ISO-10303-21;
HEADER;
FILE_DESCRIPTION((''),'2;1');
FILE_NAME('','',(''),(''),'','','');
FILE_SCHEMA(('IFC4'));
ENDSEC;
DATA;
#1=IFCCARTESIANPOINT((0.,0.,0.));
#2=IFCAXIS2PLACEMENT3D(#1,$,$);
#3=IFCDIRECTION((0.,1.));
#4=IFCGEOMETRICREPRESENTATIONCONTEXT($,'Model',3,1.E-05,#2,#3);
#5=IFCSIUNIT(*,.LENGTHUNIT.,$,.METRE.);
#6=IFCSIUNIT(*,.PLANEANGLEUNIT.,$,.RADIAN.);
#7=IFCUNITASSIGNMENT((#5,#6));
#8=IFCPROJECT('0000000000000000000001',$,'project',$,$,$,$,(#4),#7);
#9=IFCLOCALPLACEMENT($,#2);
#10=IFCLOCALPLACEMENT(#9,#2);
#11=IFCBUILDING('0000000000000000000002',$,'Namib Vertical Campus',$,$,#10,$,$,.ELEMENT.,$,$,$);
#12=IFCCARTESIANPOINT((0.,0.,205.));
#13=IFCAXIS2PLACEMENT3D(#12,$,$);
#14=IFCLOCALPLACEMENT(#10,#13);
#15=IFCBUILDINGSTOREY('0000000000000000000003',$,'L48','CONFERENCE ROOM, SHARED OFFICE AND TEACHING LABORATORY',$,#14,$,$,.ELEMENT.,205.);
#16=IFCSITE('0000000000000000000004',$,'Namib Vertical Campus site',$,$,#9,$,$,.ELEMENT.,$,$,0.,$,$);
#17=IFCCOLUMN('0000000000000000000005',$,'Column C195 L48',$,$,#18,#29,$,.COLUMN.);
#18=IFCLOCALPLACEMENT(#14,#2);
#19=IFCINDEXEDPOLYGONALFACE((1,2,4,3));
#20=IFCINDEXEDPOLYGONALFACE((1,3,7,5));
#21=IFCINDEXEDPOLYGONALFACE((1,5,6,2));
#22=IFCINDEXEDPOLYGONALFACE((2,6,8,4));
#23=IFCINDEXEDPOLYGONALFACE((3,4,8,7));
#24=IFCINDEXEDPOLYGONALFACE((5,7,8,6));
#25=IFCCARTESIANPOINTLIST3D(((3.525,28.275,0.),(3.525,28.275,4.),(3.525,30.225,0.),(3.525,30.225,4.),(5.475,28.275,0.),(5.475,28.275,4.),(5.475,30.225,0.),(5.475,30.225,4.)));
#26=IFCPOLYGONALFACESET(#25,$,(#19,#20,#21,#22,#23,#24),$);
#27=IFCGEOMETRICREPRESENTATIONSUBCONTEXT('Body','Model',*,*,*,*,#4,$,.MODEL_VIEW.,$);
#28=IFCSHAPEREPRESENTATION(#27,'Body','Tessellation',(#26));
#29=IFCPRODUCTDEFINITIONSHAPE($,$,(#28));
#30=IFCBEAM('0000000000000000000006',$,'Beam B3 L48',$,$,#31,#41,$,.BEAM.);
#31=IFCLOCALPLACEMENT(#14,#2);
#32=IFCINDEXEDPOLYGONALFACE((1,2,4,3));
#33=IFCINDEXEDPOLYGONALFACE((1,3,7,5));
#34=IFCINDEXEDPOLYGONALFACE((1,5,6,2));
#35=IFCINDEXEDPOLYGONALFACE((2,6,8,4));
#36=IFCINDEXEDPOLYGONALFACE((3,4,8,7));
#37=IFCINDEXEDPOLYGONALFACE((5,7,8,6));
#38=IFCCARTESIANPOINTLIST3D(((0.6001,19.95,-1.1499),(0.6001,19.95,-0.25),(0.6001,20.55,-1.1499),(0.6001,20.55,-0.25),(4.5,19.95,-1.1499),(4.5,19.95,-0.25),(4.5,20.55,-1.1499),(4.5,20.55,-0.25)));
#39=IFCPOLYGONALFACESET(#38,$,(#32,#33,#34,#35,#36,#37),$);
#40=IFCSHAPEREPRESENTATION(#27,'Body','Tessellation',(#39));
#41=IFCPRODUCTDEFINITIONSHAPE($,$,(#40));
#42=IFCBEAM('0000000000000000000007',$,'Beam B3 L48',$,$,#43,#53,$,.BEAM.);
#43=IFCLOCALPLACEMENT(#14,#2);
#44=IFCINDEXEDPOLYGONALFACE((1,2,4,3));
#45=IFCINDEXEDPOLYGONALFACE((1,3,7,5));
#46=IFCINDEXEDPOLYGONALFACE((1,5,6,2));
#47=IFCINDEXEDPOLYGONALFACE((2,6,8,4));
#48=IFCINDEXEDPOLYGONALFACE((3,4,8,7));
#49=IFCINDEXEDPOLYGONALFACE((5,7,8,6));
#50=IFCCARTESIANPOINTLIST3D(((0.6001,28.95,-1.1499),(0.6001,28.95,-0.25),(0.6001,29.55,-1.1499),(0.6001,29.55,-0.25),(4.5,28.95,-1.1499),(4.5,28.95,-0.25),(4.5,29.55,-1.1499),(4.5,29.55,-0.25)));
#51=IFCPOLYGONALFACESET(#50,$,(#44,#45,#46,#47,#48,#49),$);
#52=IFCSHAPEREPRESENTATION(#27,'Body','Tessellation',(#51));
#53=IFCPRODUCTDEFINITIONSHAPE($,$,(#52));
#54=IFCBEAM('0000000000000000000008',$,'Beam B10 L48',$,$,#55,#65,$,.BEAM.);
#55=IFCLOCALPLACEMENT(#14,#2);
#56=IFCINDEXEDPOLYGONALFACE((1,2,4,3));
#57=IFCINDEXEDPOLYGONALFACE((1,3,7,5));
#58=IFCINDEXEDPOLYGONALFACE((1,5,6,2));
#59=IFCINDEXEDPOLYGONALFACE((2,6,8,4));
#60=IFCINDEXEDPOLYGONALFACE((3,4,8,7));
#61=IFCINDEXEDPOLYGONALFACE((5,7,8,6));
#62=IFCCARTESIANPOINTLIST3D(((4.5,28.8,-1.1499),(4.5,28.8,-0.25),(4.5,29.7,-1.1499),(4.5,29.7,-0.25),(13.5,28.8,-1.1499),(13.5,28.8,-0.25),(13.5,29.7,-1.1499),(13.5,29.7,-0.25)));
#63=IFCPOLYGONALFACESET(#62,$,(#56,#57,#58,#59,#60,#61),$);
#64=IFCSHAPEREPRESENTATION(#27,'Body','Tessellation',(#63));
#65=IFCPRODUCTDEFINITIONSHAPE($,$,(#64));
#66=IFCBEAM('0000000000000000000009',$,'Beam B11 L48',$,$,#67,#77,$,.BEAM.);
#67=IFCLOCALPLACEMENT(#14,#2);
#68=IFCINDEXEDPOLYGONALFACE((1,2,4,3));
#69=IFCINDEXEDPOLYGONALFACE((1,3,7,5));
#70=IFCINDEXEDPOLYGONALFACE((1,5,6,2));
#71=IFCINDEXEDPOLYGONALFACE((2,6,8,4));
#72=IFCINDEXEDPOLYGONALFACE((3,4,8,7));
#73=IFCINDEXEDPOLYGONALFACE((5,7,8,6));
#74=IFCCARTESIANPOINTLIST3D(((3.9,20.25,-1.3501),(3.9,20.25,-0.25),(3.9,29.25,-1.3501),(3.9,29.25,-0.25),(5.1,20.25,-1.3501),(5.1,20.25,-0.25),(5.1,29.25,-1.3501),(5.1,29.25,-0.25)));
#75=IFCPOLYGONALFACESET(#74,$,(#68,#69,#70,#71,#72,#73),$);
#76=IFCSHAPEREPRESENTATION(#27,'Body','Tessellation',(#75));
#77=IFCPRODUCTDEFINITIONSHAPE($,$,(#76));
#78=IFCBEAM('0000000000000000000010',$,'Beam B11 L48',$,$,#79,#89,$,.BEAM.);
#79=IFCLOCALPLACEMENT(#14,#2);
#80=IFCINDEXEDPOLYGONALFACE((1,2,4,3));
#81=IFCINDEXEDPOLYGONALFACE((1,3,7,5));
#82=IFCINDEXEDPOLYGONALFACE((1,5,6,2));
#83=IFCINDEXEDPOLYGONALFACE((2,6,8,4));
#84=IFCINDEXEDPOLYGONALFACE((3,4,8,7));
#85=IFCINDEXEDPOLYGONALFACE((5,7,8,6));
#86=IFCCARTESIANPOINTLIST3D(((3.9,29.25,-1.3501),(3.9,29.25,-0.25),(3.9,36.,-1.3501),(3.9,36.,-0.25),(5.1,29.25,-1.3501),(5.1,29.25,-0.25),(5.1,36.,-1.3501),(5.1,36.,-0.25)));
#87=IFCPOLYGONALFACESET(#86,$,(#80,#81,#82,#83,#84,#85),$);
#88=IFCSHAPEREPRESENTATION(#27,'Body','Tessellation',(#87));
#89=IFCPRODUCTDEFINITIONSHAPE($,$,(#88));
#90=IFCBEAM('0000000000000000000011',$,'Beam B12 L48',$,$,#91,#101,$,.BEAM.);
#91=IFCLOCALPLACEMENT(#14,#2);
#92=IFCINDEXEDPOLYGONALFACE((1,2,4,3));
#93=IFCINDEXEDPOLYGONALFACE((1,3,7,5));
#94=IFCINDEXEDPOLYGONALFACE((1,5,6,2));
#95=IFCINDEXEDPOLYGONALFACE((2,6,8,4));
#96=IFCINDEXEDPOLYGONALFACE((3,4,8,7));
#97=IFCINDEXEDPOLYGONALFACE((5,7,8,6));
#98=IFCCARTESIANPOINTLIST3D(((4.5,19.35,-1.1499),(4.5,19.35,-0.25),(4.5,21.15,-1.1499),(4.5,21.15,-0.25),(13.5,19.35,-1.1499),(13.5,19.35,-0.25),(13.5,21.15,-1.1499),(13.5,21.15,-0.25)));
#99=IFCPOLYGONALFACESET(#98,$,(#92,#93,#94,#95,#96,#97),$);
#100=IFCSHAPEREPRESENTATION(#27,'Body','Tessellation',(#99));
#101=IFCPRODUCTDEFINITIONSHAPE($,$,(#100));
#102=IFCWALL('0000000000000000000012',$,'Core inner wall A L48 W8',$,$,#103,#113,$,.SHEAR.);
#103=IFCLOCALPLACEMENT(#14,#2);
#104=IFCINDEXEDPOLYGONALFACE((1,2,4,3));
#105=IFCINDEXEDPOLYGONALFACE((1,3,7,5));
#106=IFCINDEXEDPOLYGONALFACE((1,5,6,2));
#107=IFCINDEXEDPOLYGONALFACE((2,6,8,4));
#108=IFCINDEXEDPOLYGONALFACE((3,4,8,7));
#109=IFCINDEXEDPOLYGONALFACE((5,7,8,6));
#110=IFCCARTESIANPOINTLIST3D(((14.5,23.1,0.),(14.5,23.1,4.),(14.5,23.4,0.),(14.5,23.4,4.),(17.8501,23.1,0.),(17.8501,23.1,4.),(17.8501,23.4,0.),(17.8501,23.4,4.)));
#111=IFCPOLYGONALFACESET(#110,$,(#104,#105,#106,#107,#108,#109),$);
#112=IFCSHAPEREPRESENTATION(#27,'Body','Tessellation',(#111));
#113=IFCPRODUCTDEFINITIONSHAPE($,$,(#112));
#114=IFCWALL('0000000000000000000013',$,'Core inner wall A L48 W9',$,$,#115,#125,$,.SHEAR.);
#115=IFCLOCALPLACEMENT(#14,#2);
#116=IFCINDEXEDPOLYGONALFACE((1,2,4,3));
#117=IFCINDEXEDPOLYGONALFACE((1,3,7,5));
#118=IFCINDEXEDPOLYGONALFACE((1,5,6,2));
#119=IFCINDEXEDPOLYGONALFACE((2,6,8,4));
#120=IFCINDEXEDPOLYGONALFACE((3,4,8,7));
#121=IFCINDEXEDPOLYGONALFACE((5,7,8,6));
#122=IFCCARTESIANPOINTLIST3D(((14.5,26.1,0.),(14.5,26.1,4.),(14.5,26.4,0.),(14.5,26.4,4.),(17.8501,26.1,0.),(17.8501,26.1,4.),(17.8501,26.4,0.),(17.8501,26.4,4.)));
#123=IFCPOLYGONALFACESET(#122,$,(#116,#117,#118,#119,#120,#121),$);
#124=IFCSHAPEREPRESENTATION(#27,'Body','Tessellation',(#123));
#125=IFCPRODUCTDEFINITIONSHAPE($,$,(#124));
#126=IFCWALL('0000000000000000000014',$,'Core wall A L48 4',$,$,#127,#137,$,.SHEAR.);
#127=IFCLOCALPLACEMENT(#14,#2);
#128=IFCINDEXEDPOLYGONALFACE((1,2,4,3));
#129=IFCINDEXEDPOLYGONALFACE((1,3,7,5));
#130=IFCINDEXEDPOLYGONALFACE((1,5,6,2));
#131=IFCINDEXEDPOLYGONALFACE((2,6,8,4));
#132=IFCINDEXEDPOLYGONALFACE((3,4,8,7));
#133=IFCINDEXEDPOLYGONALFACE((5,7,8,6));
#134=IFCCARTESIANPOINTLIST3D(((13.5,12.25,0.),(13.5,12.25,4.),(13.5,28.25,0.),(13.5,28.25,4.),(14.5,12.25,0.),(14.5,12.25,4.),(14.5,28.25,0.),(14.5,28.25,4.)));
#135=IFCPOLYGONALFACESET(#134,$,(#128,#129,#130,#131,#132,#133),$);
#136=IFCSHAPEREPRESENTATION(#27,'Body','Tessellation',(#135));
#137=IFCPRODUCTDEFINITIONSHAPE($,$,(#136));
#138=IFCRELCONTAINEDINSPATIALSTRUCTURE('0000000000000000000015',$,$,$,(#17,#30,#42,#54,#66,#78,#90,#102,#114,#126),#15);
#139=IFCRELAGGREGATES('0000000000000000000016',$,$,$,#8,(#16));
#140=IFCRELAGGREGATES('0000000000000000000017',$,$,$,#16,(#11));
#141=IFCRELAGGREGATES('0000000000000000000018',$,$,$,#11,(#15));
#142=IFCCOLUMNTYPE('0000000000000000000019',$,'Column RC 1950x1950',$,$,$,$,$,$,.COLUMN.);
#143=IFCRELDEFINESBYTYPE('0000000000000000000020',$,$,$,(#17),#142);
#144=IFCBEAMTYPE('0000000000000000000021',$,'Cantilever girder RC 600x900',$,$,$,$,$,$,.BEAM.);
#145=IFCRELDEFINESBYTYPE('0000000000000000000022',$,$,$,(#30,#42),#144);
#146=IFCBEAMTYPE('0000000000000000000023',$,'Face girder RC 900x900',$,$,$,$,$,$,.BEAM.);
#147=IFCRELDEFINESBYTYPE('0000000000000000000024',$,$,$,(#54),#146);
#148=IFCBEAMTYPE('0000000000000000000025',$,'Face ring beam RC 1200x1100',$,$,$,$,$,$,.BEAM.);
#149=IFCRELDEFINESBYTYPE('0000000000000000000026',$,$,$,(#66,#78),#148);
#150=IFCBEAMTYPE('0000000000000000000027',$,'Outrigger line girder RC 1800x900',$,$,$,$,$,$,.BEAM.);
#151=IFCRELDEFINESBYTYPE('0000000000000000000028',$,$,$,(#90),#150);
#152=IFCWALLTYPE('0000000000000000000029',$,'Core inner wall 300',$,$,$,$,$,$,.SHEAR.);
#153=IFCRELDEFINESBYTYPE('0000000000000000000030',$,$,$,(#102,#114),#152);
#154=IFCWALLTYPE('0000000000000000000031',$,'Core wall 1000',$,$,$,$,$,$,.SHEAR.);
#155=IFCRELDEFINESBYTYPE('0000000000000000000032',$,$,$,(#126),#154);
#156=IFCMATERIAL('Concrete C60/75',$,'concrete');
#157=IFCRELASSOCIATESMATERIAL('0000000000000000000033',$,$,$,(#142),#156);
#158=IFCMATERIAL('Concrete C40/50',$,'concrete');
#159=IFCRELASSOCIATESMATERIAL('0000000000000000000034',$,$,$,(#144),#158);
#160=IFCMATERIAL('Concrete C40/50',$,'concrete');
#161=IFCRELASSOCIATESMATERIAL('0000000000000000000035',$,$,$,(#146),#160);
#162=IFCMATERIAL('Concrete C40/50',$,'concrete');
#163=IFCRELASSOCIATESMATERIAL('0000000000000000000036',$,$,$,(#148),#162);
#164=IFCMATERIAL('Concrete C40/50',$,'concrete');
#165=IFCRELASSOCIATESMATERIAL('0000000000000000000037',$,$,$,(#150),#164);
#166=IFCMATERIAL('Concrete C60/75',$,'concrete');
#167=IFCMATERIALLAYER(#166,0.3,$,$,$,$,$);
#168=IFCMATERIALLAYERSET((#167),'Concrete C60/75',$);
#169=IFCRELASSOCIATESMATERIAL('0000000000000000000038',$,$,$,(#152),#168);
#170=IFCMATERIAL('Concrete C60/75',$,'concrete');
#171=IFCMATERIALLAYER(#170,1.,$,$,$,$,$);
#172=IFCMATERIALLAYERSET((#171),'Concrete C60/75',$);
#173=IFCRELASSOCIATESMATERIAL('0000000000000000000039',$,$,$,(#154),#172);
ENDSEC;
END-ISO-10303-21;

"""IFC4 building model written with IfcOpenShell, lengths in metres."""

from ifc_helpers import new_model, si_unit, direction, frame, frame_2d, origin, origin_2d, place, context, subcontext, project, spatial, rectangle, extrude, material, layer, layer_set, material_profile, profile_set, type_object, element, save


model = new_model("IFC4")

# Units and contexts
model_context = context("Model", 3, precision=1e-05, world=origin(), true_north=direction((0.0, 1.0)))
body_context = subcontext(model_context, "Body", "Model", "MODEL_VIEW")
ifc_project = project(units=[si_unit("LENGTHUNIT", "METRE"), si_unit("PLANEANGLEUNIT", "RADIAN")], contexts=[model_context])

# Site, building, storey
site_placement = place(None, origin())
site = spatial("IfcSite", under=ifc_project, at=site_placement, Name="Namib Vertical Campus site", CompositionType="ELEMENT", RefElevation=0.0)
building_placement = place(site_placement, origin())
building = spatial("IfcBuilding", under=site, at=building_placement, Name="Namib Vertical Campus", CompositionType="ELEMENT")
storey_placement = place(building_placement, frame((0.0, 0.0, 205.0)))
storey = spatial("IfcBuildingStorey", under=building, at=storey_placement, Name="L48", Description="CONFERENCE ROOM, SHARED OFFICE AND TEACHING LABORATORY", CompositionType="ELEMENT", Elevation=205.0)

# Column
ifc_material_1 = material(Name="Concrete C60/75", Category="concrete")
ifc_material_profile_1 = material_profile(ifc_material_1, rectangle(XDim=1.95, YDim=1.95, at=origin_2d()))
ifc_profile_set_1 = profile_set([ifc_material_profile_1], Name="Concrete C60/75")
column_type = type_object("IfcColumnType", Name="Column RC 1950x1950", PredefinedType="COLUMN", material=ifc_profile_set_1)
column_placement = place(storey_placement, frame((4.5, 29.25, 0.0), z_axis=(0.0, 0.0, 1.0), x_axis=(1.0, 0.0, 0.0)))
element("IfcColumn", 1, at=column_placement, inside=storey, type_object=column_type, Name="Column C195 L48", PredefinedType="COLUMN", context=body_context, shape_type="SweptSolid", body=[
    extrude(rectangle(XDim=1.95, YDim=1.95, at=origin_2d()), origin(), (0.0, 0.0, 1.0), 4.0),
])

# Beams
ifc_material_2 = material(Name="Concrete C40/50", Category="concrete")
ifc_material_profile_2 = material_profile(ifc_material_2, rectangle(XDim=0.6001, YDim=0.8999, at=origin_2d()))
ifc_profile_set_2 = profile_set([ifc_material_profile_2], Name="Concrete C40/50")
beam_type_1 = type_object("IfcBeamType", Name="Cantilever girder RC 600x900", PredefinedType="BEAM", material=ifc_profile_set_2)
for number, where, z_axis, x_axis, name in (
    (2, (4.5, 20.25, -0.7), (-1.0, 0.0, 0.0), (0.0, -1.0, 0.0), "Beam B3 L48"),
    (3, (4.5, 29.25, -0.7), (-1.0, 0.0, 0.0), (0.0, -1.0, 0.0), "Beam B3 L48"),
):
    element("IfcBeam", number, at=place(storey_placement, frame(where, z_axis=z_axis, x_axis=x_axis)), inside=storey, type_object=beam_type_1, Name=name, PredefinedType="BEAM", context=body_context, shape_type="SweptSolid", body=[
        extrude(rectangle(XDim=0.6001, YDim=0.8999, at=origin_2d()), origin(), (0.0, 0.0, 1.0), 3.8999),
    ])
ifc_material_3 = material(Name="Concrete C40/50", Category="concrete")
ifc_material_profile_3 = material_profile(ifc_material_3, rectangle(XDim=0.8999, YDim=0.8999, at=origin_2d()))
ifc_profile_set_3 = profile_set([ifc_material_profile_3], Name="Concrete C40/50")
beam_type_2 = type_object("IfcBeamType", Name="Face girder RC 900x900", PredefinedType="BEAM", material=ifc_profile_set_3)
beam_1_placement = place(storey_placement, frame((4.5, 29.25, -0.7), z_axis=(1.0, 0.0, 0.0), x_axis=(0.0, 1.0, 0.0)))
element("IfcBeam", 4, at=beam_1_placement, inside=storey, type_object=beam_type_2, Name="Beam B10 L48", PredefinedType="BEAM", context=body_context, shape_type="SweptSolid", body=[
    extrude(rectangle(XDim=0.8999, YDim=0.8999, at=origin_2d()), origin(), (0.0, 0.0, 1.0), 9.0),
])
ifc_material_4 = material(Name="Concrete C40/50", Category="concrete")
ifc_material_profile_4 = material_profile(ifc_material_4, rectangle(XDim=1.2, YDim=1.1001, at=origin_2d()))
ifc_profile_set_4 = profile_set([ifc_material_profile_4], Name="Concrete C40/50")
beam_type_3 = type_object("IfcBeamType", Name="Face ring beam RC 1200x1100", PredefinedType="BEAM", material=ifc_profile_set_4)
beam_2_placement = place(storey_placement, frame((4.5, 20.25, -0.8), z_axis=(0.0, 1.0, 0.0), x_axis=(-1.0, 0.0, 0.0)))
element("IfcBeam", 5, at=beam_2_placement, inside=storey, type_object=beam_type_3, Name="Beam B11 L48", PredefinedType="BEAM", context=body_context, shape_type="SweptSolid", body=[
    extrude(rectangle(XDim=1.2, YDim=1.1001, at=origin_2d()), origin(), (0.0, 0.0, 1.0), 9.0),
])
beam_3_placement = place(storey_placement, frame((4.5, 29.25, -0.8), z_axis=(0.0, 1.0, 0.0), x_axis=(-1.0, 0.0, 0.0)))
element("IfcBeam", 6, at=beam_3_placement, inside=storey, type_object=beam_type_3, Name="Beam B11 L48", PredefinedType="BEAM", context=body_context, shape_type="SweptSolid", body=[
    extrude(rectangle(XDim=1.2, YDim=1.1001, at=origin_2d()), origin(), (0.0, 0.0, 1.0), 6.75),
])
ifc_material_5 = material(Name="Concrete C40/50", Category="concrete")
ifc_material_profile_5 = material_profile(ifc_material_5, rectangle(XDim=1.8, YDim=0.8999, at=origin_2d()))
ifc_profile_set_5 = profile_set([ifc_material_profile_5], Name="Concrete C40/50")
beam_type_4 = type_object("IfcBeamType", Name="Outrigger line girder RC 1800x900", PredefinedType="BEAM", material=ifc_profile_set_5)
beam_4_placement = place(storey_placement, frame((4.5, 20.25, -0.7), z_axis=(1.0, 0.0, 0.0), x_axis=(0.0, 1.0, 0.0)))
element("IfcBeam", 7, at=beam_4_placement, inside=storey, type_object=beam_type_4, Name="Beam B12 L48", PredefinedType="BEAM", context=body_context, shape_type="SweptSolid", body=[
    extrude(rectangle(XDim=1.8, YDim=0.8999, at=origin_2d()), origin(), (0.0, 0.0, 1.0), 9.0),
])

# Walls
ifc_material_6 = material(Name="Concrete C60/75", Category="concrete")
ifc_layer_1 = layer(ifc_material_6, 0.3)
ifc_layer_set_1 = layer_set([ifc_layer_1], Name="Concrete C60/75")
wall_type_1 = type_object("IfcWallType", Name="Core inner wall 300", PredefinedType="SHEAR", material=ifc_layer_set_1)
for number, where, z_axis, x_axis, name in (
    (8, (14.5, 23.25, 0.0), (0.0, 0.0, 1.0), (1.0, 0.0, 0.0), "Core inner wall A L48 W8"),
    (9, (14.5, 26.25, 0.0), (0.0, 0.0, 1.0), (1.0, 0.0, 0.0), "Core inner wall A L48 W9"),
):
    element("IfcWall", number, at=place(storey_placement, frame(where, z_axis=z_axis, x_axis=x_axis)), inside=storey, type_object=wall_type_1, Name=name, PredefinedType="SHEAR", context=body_context, shape_type="SweptSolid", body=[
        extrude(rectangle(XDim=3.3501, YDim=0.3, at=frame_2d((1.675, 0.0))), origin(), (0.0, 0.0, 1.0), 4.0),
    ])
ifc_material_7 = material(Name="Concrete C60/75", Category="concrete")
ifc_layer_2 = layer(ifc_material_7, 1.0)
ifc_layer_set_2 = layer_set([ifc_layer_2], Name="Concrete C60/75")
wall_type_2 = type_object("IfcWallType", Name="Core wall 1000", PredefinedType="SHEAR", material=ifc_layer_set_2)
wall_1_placement = place(storey_placement, frame((14.0, 28.25, 0.0), z_axis=(0.0, 0.0, 1.0), x_axis=(0.0, -1.0, 0.0)))
element("IfcWall", 10, at=wall_1_placement, inside=storey, type_object=wall_type_2, Name="Core wall A L48 4", PredefinedType="SHEAR", context=body_context, shape_type="SweptSolid", body=[
    extrude(rectangle(XDim=16.0, YDim=1.0, at=frame_2d((8.0, 0.0))), origin(), (0.0, 0.0, 1.0), 4.0),
])

save(model, "model.ifc")
